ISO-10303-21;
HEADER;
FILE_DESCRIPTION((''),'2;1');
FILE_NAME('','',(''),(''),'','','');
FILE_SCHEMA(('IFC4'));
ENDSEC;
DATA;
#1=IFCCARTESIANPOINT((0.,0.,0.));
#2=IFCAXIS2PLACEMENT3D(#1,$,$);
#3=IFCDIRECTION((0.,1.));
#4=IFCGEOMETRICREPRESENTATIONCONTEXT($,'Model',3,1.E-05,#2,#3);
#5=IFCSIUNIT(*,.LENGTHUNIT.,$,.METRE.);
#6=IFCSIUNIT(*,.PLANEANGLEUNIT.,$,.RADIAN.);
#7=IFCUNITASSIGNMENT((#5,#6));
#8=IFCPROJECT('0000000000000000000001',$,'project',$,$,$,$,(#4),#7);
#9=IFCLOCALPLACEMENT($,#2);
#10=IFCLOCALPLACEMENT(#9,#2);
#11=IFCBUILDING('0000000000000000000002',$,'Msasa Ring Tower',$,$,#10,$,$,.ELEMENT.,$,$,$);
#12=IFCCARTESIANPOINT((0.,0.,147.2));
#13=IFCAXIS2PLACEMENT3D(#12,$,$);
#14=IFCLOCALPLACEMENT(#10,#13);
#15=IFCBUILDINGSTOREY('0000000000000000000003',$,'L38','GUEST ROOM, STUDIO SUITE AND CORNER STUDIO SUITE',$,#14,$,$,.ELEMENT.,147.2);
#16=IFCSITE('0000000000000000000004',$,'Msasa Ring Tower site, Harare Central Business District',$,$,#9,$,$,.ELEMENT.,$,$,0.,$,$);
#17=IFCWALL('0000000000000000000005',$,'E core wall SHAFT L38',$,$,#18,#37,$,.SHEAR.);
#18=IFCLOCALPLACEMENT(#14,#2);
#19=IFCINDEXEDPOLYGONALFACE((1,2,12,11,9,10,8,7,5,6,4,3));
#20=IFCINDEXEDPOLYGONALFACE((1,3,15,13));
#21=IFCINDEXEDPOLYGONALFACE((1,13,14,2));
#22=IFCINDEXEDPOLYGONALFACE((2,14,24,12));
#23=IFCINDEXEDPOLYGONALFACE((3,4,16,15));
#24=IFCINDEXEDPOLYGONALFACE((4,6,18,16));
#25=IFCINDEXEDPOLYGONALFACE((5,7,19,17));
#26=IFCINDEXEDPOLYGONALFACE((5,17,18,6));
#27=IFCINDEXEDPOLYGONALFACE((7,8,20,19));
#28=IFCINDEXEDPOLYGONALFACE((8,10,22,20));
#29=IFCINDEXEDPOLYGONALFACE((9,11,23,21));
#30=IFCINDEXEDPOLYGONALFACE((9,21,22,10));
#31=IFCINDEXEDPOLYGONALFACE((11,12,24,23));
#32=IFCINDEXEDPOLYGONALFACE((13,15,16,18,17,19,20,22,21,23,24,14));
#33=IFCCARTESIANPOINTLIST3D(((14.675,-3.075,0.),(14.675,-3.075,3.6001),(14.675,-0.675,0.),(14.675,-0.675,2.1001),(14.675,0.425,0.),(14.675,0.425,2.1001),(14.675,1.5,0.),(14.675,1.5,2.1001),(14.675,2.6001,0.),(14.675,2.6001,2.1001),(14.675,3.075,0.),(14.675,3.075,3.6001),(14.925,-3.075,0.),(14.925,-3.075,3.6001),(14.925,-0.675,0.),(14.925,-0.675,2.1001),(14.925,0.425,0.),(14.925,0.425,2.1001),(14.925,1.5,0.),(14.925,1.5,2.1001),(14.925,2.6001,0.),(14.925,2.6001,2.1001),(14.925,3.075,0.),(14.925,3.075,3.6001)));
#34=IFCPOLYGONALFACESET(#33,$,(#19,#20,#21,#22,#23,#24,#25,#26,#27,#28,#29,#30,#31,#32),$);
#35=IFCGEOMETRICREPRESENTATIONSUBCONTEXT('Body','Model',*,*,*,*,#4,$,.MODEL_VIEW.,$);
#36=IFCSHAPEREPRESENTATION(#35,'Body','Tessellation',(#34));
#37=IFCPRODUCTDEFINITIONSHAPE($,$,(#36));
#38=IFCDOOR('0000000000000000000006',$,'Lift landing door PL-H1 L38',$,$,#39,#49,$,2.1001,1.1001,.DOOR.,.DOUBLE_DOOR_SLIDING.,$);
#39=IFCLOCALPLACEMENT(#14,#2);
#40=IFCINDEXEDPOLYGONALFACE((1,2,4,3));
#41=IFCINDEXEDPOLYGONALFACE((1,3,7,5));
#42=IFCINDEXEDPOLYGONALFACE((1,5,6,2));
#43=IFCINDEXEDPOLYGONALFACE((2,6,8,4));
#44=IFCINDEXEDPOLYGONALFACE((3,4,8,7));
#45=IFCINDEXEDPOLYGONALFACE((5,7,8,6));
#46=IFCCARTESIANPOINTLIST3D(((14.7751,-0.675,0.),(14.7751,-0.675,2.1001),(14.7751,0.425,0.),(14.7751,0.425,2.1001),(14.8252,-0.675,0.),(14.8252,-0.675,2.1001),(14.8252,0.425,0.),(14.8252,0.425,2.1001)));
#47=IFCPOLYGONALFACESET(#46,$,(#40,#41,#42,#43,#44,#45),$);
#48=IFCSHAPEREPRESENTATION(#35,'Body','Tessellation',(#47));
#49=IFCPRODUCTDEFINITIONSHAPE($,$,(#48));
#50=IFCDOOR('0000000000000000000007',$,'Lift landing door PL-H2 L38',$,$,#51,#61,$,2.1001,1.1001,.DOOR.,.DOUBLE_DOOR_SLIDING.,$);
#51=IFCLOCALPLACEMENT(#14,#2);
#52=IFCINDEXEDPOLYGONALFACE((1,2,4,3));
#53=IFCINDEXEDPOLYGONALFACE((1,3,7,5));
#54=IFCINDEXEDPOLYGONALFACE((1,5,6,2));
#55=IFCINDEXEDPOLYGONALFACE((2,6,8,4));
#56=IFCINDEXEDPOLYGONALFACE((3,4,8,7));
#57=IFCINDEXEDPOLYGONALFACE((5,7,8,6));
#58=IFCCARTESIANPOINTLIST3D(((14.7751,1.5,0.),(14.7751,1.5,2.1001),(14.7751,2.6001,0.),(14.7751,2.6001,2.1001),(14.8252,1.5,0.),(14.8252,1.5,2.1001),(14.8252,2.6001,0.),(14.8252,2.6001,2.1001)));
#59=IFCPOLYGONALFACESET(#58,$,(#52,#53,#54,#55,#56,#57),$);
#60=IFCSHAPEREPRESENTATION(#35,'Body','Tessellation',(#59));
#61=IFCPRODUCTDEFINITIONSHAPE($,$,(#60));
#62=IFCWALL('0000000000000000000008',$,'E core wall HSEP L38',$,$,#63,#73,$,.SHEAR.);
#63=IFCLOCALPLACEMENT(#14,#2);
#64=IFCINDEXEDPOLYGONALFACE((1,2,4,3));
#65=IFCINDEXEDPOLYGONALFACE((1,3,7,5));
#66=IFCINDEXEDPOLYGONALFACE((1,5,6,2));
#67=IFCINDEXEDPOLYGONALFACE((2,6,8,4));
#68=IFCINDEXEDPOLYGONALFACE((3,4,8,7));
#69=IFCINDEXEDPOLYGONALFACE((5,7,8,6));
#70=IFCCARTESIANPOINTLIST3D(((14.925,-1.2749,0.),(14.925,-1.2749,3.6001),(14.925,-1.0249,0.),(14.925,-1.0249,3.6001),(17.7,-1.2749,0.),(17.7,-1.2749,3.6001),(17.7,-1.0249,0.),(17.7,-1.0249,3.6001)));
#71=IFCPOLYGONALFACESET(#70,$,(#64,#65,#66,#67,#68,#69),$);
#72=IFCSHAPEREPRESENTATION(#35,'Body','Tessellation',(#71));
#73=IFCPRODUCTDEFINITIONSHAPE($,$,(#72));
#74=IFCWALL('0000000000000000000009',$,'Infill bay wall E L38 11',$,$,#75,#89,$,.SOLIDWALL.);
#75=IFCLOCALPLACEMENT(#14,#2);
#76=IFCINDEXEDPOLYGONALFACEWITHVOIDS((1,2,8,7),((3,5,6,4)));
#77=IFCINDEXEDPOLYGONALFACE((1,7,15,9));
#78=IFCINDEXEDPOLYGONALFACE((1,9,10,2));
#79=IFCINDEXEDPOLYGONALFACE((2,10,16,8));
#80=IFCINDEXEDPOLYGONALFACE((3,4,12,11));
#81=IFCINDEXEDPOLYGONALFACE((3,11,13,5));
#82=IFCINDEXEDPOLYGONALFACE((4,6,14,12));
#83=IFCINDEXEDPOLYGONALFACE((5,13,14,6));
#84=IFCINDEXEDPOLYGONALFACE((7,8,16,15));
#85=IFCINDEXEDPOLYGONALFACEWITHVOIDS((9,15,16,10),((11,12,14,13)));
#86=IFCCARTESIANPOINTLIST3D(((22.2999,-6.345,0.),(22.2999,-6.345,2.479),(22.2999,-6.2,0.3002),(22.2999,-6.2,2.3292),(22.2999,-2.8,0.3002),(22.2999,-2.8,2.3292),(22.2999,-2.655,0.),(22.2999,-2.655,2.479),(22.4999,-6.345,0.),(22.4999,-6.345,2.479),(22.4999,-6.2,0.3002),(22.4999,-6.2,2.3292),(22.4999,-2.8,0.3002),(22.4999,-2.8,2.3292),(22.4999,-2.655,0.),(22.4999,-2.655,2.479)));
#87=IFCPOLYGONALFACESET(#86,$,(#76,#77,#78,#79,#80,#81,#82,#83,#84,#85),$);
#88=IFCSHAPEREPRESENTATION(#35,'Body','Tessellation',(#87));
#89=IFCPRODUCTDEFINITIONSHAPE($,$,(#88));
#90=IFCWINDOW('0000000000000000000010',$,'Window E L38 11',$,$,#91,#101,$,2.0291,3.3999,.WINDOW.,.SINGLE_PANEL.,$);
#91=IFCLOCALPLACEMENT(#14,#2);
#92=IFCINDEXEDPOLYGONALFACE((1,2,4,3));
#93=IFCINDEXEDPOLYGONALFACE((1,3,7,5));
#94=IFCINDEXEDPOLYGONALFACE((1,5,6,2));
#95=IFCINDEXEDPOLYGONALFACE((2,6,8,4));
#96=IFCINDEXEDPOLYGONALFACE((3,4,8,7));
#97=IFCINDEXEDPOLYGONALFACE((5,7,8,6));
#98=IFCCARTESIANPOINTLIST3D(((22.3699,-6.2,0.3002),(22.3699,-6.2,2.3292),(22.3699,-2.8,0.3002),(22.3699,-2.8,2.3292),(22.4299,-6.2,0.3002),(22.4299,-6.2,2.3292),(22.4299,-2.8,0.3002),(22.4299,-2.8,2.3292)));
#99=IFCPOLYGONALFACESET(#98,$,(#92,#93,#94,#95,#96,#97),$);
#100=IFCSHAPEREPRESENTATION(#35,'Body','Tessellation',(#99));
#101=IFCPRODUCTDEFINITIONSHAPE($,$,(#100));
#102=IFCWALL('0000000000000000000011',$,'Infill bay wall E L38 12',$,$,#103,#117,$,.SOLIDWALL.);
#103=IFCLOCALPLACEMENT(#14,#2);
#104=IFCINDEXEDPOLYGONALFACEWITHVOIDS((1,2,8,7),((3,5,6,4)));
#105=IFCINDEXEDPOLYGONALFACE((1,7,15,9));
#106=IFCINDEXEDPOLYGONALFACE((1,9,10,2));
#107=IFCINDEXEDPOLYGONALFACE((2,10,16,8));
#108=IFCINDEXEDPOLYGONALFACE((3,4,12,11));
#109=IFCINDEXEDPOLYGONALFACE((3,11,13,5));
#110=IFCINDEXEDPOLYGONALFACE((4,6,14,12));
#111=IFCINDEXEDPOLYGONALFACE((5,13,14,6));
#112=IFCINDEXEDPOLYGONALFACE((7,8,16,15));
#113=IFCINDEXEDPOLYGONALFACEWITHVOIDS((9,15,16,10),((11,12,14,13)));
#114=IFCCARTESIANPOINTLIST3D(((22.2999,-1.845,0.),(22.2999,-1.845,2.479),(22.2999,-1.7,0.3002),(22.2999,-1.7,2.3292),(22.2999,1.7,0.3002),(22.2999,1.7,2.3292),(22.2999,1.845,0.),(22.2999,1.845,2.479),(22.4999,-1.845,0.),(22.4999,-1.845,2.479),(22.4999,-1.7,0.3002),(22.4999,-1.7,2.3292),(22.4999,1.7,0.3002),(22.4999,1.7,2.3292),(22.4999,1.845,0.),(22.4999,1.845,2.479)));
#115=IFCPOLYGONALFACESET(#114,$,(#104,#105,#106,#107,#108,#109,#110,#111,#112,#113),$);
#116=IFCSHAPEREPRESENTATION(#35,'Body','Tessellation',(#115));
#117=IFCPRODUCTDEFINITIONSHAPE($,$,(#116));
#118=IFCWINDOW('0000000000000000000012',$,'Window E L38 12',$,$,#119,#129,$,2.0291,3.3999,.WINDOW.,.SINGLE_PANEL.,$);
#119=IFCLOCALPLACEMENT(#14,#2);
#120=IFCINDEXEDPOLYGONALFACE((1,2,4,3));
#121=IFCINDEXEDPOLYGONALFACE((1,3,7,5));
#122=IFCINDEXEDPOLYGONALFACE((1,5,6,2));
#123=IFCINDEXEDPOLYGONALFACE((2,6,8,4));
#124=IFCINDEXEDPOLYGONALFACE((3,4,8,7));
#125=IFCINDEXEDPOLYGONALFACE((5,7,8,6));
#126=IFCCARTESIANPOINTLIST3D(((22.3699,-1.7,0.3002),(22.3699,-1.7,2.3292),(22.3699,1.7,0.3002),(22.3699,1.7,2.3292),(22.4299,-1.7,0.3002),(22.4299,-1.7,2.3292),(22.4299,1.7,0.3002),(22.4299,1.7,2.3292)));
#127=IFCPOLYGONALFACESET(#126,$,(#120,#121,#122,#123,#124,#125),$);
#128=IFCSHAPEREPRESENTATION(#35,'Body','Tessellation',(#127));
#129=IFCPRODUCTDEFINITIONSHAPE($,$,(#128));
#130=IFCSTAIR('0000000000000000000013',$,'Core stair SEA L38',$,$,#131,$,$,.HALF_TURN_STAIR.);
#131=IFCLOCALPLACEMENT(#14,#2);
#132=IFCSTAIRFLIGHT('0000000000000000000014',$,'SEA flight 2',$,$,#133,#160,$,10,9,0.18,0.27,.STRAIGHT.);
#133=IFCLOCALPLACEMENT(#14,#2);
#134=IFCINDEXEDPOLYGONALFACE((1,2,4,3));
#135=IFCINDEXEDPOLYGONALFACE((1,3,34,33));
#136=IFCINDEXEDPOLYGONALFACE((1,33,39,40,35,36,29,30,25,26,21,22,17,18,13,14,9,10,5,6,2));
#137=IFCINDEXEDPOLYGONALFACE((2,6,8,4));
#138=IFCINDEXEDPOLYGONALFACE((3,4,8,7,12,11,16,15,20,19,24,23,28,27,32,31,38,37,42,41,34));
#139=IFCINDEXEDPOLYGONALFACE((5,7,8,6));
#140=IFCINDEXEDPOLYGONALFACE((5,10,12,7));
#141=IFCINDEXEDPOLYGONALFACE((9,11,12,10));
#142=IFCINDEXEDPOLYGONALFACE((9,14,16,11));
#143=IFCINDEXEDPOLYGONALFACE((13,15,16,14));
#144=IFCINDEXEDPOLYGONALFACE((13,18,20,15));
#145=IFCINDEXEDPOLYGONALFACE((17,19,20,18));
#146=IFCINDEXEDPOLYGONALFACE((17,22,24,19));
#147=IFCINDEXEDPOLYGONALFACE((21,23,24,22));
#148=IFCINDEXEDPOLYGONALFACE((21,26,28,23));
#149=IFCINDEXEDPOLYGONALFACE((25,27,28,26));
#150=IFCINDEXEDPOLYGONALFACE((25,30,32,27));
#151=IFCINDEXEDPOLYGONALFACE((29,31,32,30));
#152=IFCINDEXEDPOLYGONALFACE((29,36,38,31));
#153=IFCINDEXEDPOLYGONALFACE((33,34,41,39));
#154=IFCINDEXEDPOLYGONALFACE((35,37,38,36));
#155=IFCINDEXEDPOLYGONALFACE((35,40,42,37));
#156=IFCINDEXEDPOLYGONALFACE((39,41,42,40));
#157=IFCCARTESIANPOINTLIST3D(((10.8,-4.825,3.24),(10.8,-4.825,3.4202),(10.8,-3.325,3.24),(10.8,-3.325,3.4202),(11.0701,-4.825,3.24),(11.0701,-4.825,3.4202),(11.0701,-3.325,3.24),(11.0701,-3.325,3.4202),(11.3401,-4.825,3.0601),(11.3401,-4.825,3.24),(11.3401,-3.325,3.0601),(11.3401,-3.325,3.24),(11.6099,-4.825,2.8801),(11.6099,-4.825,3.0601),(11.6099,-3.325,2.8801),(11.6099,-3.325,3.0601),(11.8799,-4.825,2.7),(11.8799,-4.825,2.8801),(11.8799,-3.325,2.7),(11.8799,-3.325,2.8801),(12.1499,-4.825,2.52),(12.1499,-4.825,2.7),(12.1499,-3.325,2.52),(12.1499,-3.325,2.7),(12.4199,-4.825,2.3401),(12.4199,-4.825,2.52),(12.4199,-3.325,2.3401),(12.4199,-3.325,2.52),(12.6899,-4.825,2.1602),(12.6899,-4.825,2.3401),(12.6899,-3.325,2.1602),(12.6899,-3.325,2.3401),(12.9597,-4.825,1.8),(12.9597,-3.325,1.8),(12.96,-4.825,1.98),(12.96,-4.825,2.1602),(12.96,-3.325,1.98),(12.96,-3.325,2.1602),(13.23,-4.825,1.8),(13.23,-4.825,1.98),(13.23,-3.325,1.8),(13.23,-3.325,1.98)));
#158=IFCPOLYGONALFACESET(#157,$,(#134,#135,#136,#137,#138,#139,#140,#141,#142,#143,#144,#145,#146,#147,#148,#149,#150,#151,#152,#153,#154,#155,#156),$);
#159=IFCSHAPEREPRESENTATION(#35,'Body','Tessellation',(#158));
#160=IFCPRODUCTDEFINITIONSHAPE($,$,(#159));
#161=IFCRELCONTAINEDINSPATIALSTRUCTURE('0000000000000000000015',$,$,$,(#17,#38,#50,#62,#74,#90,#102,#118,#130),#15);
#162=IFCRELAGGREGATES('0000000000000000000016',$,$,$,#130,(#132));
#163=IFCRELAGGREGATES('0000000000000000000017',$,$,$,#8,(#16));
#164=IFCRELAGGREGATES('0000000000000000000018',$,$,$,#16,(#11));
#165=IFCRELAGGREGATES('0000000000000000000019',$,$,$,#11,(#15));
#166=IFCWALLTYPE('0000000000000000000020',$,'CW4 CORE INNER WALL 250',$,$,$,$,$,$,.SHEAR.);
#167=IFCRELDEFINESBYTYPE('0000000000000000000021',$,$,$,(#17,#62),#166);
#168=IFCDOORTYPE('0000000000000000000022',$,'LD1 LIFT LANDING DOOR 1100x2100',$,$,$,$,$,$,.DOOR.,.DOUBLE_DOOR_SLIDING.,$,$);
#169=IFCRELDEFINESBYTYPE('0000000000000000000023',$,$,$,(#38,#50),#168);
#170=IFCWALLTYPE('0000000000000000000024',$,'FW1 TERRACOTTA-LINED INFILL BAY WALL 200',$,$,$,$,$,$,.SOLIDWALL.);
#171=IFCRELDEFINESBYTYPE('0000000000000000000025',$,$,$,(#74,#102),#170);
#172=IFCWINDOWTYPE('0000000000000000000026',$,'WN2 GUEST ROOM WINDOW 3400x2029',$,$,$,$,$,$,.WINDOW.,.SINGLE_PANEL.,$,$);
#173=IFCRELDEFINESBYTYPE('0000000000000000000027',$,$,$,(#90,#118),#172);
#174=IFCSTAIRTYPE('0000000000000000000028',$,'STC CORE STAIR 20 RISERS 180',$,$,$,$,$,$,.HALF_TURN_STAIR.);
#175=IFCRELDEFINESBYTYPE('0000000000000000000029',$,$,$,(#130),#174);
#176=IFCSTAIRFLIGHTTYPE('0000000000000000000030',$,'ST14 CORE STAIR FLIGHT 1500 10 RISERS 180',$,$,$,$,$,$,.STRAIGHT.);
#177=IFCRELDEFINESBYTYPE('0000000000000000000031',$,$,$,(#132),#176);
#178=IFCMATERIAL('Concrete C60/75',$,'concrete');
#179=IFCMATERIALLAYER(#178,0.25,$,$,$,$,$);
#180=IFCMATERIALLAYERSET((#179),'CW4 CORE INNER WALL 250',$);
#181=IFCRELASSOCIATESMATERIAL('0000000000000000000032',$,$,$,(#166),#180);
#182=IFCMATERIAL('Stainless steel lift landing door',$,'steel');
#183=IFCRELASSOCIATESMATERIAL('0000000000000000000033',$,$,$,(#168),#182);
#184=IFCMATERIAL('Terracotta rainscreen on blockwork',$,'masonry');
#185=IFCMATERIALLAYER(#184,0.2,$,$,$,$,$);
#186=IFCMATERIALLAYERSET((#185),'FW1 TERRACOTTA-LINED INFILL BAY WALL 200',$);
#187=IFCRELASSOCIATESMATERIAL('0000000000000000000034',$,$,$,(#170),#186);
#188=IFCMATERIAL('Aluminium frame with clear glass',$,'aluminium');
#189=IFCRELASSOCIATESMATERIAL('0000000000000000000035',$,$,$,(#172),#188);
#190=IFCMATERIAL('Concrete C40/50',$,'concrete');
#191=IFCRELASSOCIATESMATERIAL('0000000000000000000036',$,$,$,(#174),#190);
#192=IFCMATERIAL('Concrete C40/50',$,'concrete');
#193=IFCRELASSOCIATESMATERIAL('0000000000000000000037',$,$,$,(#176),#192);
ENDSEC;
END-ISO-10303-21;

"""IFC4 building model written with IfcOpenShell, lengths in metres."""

from ifc_helpers import new_model, si_unit, direction, frame, frame_2d, origin, place, context, subcontext, project, spatial, polyline, rectangle, outline, extrude, material, layer, layer_set, type_object, element, fill, aggregate, save


model = new_model("IFC4")

# Units and contexts
model_context = context("Model", 3, precision=1e-05, world=origin(), true_north=direction((0.0, 1.0)))
body_context = subcontext(model_context, "Body", "Model", "MODEL_VIEW")
ifc_project = project(units=[si_unit("LENGTHUNIT", "METRE"), si_unit("PLANEANGLEUNIT", "RADIAN")], contexts=[model_context])

# Site, building, storey
site_placement = place(None, origin())
site = spatial("IfcSite", under=ifc_project, at=site_placement, Name="Msasa Ring Tower site, Harare Central Business District", CompositionType="ELEMENT", RefElevation=0.0)
building_placement = place(site_placement, origin())
building = spatial("IfcBuilding", under=site, at=building_placement, Name="Msasa Ring Tower", CompositionType="ELEMENT")
storey_placement = place(building_placement, frame((0.0, 0.0, 147.2)))
storey = spatial("IfcBuildingStorey", under=building, at=storey_placement, Name="L38", Description="GUEST ROOM, STUDIO SUITE AND CORNER STUDIO SUITE", CompositionType="ELEMENT", Elevation=147.2)

# Shared definitions
ifc_material_1 = material(Name="Concrete C60/75", Category="concrete")
ifc_layer_1 = layer(ifc_material_1, 0.25)
ifc_layer_set_1 = layer_set([ifc_layer_1], Name="CW4 CORE INNER WALL 250")
wall_type_1 = type_object("IfcWallType", Name="CW4 CORE INNER WALL 250", PredefinedType="SHEAR", material=ifc_layer_set_1)

# Shared definitions
ifc_material_2 = material(Name="Stainless steel lift landing door", Category="steel")
door_type = type_object("IfcDoorType", Name="LD1 LIFT LANDING DOOR 1100x2100", OperationType="DOUBLE_DOOR_SLIDING", PredefinedType="DOOR", material=ifc_material_2)

# Wall, openings, doors
wall_1_placement = place(storey_placement, frame((14.8, -3.075, 0.0), z_axis=(0.0, 0.0, 1.0), x_axis=(0.0, 1.0, 0.0)))
wall_1 = element("IfcWall", 1, at=wall_1_placement, inside=storey, type_object=wall_type_1, Name="E core wall SHAFT L38", PredefinedType="SHEAR", context=body_context, shape_type="SweptSolid", body=[
    extrude(rectangle(XDim=6.1499, YDim=0.25, at=frame_2d((3.075, 0.0))), origin(), (0.0, 0.0, 1.0), 3.6001),
])
opening_1_placement = place(wall_1_placement, frame((2.3999, 0.0, 0.0)))
opening_1 = element("IfcOpeningElement", 2, at=opening_1_placement, cuts=wall_1, PredefinedType="OPENING", context=body_context, shape_type="SweptSolid", body=[
    extrude(rectangle(XDim=1.1001, YDim=2.1001, at=frame_2d((0.55, 1.05))), frame((0.0, 0.135, 0.0), z_axis=(0.0, -1.0, 0.0), x_axis=(1.0, 0.0, 0.0)), (0.0, 0.0, 1.0), 0.27),
])
opening_2_placement = place(wall_1_placement, frame((4.575, 0.0, 0.0)))
opening_2 = element("IfcOpeningElement", 3, at=opening_2_placement, cuts=wall_1, PredefinedType="OPENING", context=body_context, shape_type="SweptSolid", body=[
    extrude(rectangle(XDim=1.1001, YDim=2.1001, at=frame_2d((0.55, 1.05))), frame((0.0, 0.135, 0.0), z_axis=(0.0, -1.0, 0.0), x_axis=(1.0, 0.0, 0.0)), (0.0, 0.0, 1.0), 0.27),
])
door_1_placement = place(opening_1_placement, origin())
door_1 = element("IfcDoor", 4, at=door_1_placement, inside=storey, type_object=door_type, Name="Lift landing door PL-H1 L38", OperationType="DOUBLE_DOOR_SLIDING", OverallHeight=2.1001, OverallWidth=1.1001, PredefinedType="DOOR", context=body_context, shape_type="SweptSolid", body=[
    extrude(rectangle(XDim=1.1001, YDim=2.1001, at=frame_2d((0.55, 1.05))), frame((0.0, 0.0249, 0.0), z_axis=(0.0, -1.0, 0.0), x_axis=(1.0, 0.0, 0.0)), (0.0, 0.0, 1.0), 0.05),
])
fill(opening_1, door_1)
door_2_placement = place(opening_2_placement, origin())
door_2 = element("IfcDoor", 5, at=door_2_placement, inside=storey, type_object=door_type, Name="Lift landing door PL-H2 L38", OperationType="DOUBLE_DOOR_SLIDING", OverallHeight=2.1001, OverallWidth=1.1001, PredefinedType="DOOR", context=body_context, shape_type="SweptSolid", body=[
    extrude(rectangle(XDim=1.1001, YDim=2.1001, at=frame_2d((0.55, 1.05))), frame((0.0, 0.0249, 0.0), z_axis=(0.0, -1.0, 0.0), x_axis=(1.0, 0.0, 0.0)), (0.0, 0.0, 1.0), 0.05),
])
fill(opening_2, door_2)

# Wall
wall_2_placement = place(storey_placement, frame((14.925, -1.1499, 0.0), z_axis=(0.0, 0.0, 1.0), x_axis=(1.0, 0.0, 0.0)))
element("IfcWall", 6, at=wall_2_placement, inside=storey, type_object=wall_type_1, Name="E core wall HSEP L38", PredefinedType="SHEAR", context=body_context, shape_type="SweptSolid", body=[
    extrude(rectangle(XDim=2.7749, YDim=0.25, at=frame_2d((1.3875, 0.0))), origin(), (0.0, 0.0, 1.0), 3.6001),
])

# Walls, openings, windows
ifc_material_3 = material(Name="Terracotta rainscreen on blockwork", Category="masonry")
ifc_layer_2 = layer(ifc_material_3, 0.2)
ifc_layer_set_2 = layer_set([ifc_layer_2], Name="FW1 TERRACOTTA-LINED INFILL BAY WALL 200")
wall_type_2 = type_object("IfcWallType", Name="FW1 TERRACOTTA-LINED INFILL BAY WALL 200", PredefinedType="SOLIDWALL", material=ifc_layer_set_2)
wall_3_placement = place(storey_placement, frame((22.3999, -6.345, 0.0), z_axis=(0.0, 0.0, 1.0), x_axis=(0.0, 1.0, 0.0)))
wall_3 = element("IfcWall", 7, at=wall_3_placement, inside=storey, type_object=wall_type_2, Name="Infill bay wall E L38 11", PredefinedType="SOLIDWALL", context=body_context, shape_type="SweptSolid", body=[
    extrude(rectangle(XDim=3.6899, YDim=0.2, at=frame_2d((1.845, 0.0))), origin(), (0.0, 0.0, 1.0), 2.479),
])
opening_3_placement = place(wall_3_placement, frame((0.145, 0.0, 0.3)))
opening_3 = element("IfcOpeningElement", 8, at=opening_3_placement, cuts=wall_3, PredefinedType="OPENING", context=body_context, shape_type="SweptSolid", body=[
    extrude(rectangle(XDim=3.3999, YDim=2.0291, at=frame_2d((1.7, 1.0146))), frame((0.0, 0.1099, 0.0), z_axis=(0.0, -1.0, 0.0), x_axis=(1.0, 0.0, 0.0)), (0.0, 0.0, 1.0), 0.22),
])
ifc_material_4 = material(Name="Aluminium frame with clear glass", Category="aluminium")
window_type = type_object("IfcWindowType", Name="WN2 GUEST ROOM WINDOW 3400x2029", PartitioningType="SINGLE_PANEL", PredefinedType="WINDOW", material=ifc_material_4)
window_1_placement = place(opening_3_placement, origin())
window_1 = element("IfcWindow", 9, at=window_1_placement, inside=storey, type_object=window_type, Name="Window E L38 11", OverallHeight=2.0291, OverallWidth=3.3999, PartitioningType="SINGLE_PANEL", PredefinedType="WINDOW", context=body_context, shape_type="SweptSolid", body=[
    extrude(rectangle(XDim=3.3999, YDim=2.0291, at=frame_2d((1.7, 1.0146))), frame((0.0, 0.03, 0.0), z_axis=(0.0, -1.0, 0.0), x_axis=(1.0, 0.0, 0.0)), (0.0, 0.0, 1.0), 0.0601),
])
fill(opening_3, window_1)
wall_4_placement = place(storey_placement, frame((22.3999, -1.845, 0.0), z_axis=(0.0, 0.0, 1.0), x_axis=(0.0, 1.0, 0.0)))
wall_4 = element("IfcWall", 10, at=wall_4_placement, inside=storey, type_object=wall_type_2, Name="Infill bay wall E L38 12", PredefinedType="SOLIDWALL", context=body_context, shape_type="SweptSolid", body=[
    extrude(rectangle(XDim=3.6899, YDim=0.2, at=frame_2d((1.845, 0.0))), origin(), (0.0, 0.0, 1.0), 2.479),
])
opening_4_placement = place(wall_4_placement, frame((0.145, 0.0, 0.3)))
opening_4 = element("IfcOpeningElement", 11, at=opening_4_placement, cuts=wall_4, PredefinedType="OPENING", context=body_context, shape_type="SweptSolid", body=[
    extrude(rectangle(XDim=3.3999, YDim=2.0291, at=frame_2d((1.7, 1.0146))), frame((0.0, 0.1099, 0.0), z_axis=(0.0, -1.0, 0.0), x_axis=(1.0, 0.0, 0.0)), (0.0, 0.0, 1.0), 0.22),
])
window_2_placement = place(opening_4_placement, origin())
window_2 = element("IfcWindow", 12, at=window_2_placement, inside=storey, type_object=window_type, Name="Window E L38 12", OverallHeight=2.0291, OverallWidth=3.3999, PartitioningType="SINGLE_PANEL", PredefinedType="WINDOW", context=body_context, shape_type="SweptSolid", body=[
    extrude(rectangle(XDim=3.3999, YDim=2.0291, at=frame_2d((1.7, 1.0146))), frame((0.0, 0.03, 0.0), z_axis=(0.0, -1.0, 0.0), x_axis=(1.0, 0.0, 0.0)), (0.0, 0.0, 1.0), 0.0601),
])
fill(opening_4, window_2)

# Stair, stair flight
ifc_material_5 = material(Name="Concrete C40/50", Category="concrete")
stair_type = type_object("IfcStairType", Name="STC CORE STAIR 20 RISERS 180", PredefinedType="HALF_TURN_STAIR", material=ifc_material_5)
stair_placement = place(storey_placement, origin())
stair = element("IfcStair", 13, at=stair_placement, inside=storey, type_object=stair_type, Name="Core stair SEA L38", PredefinedType="HALF_TURN_STAIR")
ifc_material_6 = material(Name="Concrete C40/50", Category="concrete")
stair_flight_type = type_object("IfcStairFlightType", Name="ST14 CORE STAIR FLIGHT 1500 10 RISERS 180", PredefinedType="STRAIGHT", material=ifc_material_6)
stair_flight_placement = place(storey_placement, frame((13.23, -4.075, 1.8), z_axis=(0.0, 0.0, 1.0), x_axis=(-1.0, 0.0, 0.0)))
stair_flight = element("IfcStairFlight", 14, at=stair_flight_placement, type_object=stair_flight_type, Name="SEA flight 2", NumberOfRisers=10, NumberOfTreads=9, PredefinedType="STRAIGHT", RiserHeight=0.18, TreadLength=0.27, context=body_context, shape_type="SweptSolid", body=[
    extrude(outline(polyline([(0.0, 0.0), (0.0, 0.1799), (0.27, 0.1799), (0.27, 0.3601), (0.54, 0.3601), (0.54, 0.54), (0.8101, 0.54), (0.8101, 0.72), (1.0801, 0.72), (1.0801, 0.8999), (1.3501, 0.8999), (1.3501, 1.0801), (1.6201, 1.0801), (1.6201, 1.26), (1.8899, 1.26), (1.8899, 1.4399), (2.1599, 1.4399), (2.1599, 1.6201), (2.4299, 1.6201), (2.4299, 1.8), (2.4299, 1.4399), (0.2703, 0.0), (0.0, 0.0)])), frame((0.0, 0.75, 0.0), z_axis=(0.0, -1.0, 0.0), x_axis=(1.0, 0.0, 0.0)), (0.0, 0.0, 1.0), 1.5),
])
aggregate(stair, [stair_flight])

save(model, "model.ifc")
